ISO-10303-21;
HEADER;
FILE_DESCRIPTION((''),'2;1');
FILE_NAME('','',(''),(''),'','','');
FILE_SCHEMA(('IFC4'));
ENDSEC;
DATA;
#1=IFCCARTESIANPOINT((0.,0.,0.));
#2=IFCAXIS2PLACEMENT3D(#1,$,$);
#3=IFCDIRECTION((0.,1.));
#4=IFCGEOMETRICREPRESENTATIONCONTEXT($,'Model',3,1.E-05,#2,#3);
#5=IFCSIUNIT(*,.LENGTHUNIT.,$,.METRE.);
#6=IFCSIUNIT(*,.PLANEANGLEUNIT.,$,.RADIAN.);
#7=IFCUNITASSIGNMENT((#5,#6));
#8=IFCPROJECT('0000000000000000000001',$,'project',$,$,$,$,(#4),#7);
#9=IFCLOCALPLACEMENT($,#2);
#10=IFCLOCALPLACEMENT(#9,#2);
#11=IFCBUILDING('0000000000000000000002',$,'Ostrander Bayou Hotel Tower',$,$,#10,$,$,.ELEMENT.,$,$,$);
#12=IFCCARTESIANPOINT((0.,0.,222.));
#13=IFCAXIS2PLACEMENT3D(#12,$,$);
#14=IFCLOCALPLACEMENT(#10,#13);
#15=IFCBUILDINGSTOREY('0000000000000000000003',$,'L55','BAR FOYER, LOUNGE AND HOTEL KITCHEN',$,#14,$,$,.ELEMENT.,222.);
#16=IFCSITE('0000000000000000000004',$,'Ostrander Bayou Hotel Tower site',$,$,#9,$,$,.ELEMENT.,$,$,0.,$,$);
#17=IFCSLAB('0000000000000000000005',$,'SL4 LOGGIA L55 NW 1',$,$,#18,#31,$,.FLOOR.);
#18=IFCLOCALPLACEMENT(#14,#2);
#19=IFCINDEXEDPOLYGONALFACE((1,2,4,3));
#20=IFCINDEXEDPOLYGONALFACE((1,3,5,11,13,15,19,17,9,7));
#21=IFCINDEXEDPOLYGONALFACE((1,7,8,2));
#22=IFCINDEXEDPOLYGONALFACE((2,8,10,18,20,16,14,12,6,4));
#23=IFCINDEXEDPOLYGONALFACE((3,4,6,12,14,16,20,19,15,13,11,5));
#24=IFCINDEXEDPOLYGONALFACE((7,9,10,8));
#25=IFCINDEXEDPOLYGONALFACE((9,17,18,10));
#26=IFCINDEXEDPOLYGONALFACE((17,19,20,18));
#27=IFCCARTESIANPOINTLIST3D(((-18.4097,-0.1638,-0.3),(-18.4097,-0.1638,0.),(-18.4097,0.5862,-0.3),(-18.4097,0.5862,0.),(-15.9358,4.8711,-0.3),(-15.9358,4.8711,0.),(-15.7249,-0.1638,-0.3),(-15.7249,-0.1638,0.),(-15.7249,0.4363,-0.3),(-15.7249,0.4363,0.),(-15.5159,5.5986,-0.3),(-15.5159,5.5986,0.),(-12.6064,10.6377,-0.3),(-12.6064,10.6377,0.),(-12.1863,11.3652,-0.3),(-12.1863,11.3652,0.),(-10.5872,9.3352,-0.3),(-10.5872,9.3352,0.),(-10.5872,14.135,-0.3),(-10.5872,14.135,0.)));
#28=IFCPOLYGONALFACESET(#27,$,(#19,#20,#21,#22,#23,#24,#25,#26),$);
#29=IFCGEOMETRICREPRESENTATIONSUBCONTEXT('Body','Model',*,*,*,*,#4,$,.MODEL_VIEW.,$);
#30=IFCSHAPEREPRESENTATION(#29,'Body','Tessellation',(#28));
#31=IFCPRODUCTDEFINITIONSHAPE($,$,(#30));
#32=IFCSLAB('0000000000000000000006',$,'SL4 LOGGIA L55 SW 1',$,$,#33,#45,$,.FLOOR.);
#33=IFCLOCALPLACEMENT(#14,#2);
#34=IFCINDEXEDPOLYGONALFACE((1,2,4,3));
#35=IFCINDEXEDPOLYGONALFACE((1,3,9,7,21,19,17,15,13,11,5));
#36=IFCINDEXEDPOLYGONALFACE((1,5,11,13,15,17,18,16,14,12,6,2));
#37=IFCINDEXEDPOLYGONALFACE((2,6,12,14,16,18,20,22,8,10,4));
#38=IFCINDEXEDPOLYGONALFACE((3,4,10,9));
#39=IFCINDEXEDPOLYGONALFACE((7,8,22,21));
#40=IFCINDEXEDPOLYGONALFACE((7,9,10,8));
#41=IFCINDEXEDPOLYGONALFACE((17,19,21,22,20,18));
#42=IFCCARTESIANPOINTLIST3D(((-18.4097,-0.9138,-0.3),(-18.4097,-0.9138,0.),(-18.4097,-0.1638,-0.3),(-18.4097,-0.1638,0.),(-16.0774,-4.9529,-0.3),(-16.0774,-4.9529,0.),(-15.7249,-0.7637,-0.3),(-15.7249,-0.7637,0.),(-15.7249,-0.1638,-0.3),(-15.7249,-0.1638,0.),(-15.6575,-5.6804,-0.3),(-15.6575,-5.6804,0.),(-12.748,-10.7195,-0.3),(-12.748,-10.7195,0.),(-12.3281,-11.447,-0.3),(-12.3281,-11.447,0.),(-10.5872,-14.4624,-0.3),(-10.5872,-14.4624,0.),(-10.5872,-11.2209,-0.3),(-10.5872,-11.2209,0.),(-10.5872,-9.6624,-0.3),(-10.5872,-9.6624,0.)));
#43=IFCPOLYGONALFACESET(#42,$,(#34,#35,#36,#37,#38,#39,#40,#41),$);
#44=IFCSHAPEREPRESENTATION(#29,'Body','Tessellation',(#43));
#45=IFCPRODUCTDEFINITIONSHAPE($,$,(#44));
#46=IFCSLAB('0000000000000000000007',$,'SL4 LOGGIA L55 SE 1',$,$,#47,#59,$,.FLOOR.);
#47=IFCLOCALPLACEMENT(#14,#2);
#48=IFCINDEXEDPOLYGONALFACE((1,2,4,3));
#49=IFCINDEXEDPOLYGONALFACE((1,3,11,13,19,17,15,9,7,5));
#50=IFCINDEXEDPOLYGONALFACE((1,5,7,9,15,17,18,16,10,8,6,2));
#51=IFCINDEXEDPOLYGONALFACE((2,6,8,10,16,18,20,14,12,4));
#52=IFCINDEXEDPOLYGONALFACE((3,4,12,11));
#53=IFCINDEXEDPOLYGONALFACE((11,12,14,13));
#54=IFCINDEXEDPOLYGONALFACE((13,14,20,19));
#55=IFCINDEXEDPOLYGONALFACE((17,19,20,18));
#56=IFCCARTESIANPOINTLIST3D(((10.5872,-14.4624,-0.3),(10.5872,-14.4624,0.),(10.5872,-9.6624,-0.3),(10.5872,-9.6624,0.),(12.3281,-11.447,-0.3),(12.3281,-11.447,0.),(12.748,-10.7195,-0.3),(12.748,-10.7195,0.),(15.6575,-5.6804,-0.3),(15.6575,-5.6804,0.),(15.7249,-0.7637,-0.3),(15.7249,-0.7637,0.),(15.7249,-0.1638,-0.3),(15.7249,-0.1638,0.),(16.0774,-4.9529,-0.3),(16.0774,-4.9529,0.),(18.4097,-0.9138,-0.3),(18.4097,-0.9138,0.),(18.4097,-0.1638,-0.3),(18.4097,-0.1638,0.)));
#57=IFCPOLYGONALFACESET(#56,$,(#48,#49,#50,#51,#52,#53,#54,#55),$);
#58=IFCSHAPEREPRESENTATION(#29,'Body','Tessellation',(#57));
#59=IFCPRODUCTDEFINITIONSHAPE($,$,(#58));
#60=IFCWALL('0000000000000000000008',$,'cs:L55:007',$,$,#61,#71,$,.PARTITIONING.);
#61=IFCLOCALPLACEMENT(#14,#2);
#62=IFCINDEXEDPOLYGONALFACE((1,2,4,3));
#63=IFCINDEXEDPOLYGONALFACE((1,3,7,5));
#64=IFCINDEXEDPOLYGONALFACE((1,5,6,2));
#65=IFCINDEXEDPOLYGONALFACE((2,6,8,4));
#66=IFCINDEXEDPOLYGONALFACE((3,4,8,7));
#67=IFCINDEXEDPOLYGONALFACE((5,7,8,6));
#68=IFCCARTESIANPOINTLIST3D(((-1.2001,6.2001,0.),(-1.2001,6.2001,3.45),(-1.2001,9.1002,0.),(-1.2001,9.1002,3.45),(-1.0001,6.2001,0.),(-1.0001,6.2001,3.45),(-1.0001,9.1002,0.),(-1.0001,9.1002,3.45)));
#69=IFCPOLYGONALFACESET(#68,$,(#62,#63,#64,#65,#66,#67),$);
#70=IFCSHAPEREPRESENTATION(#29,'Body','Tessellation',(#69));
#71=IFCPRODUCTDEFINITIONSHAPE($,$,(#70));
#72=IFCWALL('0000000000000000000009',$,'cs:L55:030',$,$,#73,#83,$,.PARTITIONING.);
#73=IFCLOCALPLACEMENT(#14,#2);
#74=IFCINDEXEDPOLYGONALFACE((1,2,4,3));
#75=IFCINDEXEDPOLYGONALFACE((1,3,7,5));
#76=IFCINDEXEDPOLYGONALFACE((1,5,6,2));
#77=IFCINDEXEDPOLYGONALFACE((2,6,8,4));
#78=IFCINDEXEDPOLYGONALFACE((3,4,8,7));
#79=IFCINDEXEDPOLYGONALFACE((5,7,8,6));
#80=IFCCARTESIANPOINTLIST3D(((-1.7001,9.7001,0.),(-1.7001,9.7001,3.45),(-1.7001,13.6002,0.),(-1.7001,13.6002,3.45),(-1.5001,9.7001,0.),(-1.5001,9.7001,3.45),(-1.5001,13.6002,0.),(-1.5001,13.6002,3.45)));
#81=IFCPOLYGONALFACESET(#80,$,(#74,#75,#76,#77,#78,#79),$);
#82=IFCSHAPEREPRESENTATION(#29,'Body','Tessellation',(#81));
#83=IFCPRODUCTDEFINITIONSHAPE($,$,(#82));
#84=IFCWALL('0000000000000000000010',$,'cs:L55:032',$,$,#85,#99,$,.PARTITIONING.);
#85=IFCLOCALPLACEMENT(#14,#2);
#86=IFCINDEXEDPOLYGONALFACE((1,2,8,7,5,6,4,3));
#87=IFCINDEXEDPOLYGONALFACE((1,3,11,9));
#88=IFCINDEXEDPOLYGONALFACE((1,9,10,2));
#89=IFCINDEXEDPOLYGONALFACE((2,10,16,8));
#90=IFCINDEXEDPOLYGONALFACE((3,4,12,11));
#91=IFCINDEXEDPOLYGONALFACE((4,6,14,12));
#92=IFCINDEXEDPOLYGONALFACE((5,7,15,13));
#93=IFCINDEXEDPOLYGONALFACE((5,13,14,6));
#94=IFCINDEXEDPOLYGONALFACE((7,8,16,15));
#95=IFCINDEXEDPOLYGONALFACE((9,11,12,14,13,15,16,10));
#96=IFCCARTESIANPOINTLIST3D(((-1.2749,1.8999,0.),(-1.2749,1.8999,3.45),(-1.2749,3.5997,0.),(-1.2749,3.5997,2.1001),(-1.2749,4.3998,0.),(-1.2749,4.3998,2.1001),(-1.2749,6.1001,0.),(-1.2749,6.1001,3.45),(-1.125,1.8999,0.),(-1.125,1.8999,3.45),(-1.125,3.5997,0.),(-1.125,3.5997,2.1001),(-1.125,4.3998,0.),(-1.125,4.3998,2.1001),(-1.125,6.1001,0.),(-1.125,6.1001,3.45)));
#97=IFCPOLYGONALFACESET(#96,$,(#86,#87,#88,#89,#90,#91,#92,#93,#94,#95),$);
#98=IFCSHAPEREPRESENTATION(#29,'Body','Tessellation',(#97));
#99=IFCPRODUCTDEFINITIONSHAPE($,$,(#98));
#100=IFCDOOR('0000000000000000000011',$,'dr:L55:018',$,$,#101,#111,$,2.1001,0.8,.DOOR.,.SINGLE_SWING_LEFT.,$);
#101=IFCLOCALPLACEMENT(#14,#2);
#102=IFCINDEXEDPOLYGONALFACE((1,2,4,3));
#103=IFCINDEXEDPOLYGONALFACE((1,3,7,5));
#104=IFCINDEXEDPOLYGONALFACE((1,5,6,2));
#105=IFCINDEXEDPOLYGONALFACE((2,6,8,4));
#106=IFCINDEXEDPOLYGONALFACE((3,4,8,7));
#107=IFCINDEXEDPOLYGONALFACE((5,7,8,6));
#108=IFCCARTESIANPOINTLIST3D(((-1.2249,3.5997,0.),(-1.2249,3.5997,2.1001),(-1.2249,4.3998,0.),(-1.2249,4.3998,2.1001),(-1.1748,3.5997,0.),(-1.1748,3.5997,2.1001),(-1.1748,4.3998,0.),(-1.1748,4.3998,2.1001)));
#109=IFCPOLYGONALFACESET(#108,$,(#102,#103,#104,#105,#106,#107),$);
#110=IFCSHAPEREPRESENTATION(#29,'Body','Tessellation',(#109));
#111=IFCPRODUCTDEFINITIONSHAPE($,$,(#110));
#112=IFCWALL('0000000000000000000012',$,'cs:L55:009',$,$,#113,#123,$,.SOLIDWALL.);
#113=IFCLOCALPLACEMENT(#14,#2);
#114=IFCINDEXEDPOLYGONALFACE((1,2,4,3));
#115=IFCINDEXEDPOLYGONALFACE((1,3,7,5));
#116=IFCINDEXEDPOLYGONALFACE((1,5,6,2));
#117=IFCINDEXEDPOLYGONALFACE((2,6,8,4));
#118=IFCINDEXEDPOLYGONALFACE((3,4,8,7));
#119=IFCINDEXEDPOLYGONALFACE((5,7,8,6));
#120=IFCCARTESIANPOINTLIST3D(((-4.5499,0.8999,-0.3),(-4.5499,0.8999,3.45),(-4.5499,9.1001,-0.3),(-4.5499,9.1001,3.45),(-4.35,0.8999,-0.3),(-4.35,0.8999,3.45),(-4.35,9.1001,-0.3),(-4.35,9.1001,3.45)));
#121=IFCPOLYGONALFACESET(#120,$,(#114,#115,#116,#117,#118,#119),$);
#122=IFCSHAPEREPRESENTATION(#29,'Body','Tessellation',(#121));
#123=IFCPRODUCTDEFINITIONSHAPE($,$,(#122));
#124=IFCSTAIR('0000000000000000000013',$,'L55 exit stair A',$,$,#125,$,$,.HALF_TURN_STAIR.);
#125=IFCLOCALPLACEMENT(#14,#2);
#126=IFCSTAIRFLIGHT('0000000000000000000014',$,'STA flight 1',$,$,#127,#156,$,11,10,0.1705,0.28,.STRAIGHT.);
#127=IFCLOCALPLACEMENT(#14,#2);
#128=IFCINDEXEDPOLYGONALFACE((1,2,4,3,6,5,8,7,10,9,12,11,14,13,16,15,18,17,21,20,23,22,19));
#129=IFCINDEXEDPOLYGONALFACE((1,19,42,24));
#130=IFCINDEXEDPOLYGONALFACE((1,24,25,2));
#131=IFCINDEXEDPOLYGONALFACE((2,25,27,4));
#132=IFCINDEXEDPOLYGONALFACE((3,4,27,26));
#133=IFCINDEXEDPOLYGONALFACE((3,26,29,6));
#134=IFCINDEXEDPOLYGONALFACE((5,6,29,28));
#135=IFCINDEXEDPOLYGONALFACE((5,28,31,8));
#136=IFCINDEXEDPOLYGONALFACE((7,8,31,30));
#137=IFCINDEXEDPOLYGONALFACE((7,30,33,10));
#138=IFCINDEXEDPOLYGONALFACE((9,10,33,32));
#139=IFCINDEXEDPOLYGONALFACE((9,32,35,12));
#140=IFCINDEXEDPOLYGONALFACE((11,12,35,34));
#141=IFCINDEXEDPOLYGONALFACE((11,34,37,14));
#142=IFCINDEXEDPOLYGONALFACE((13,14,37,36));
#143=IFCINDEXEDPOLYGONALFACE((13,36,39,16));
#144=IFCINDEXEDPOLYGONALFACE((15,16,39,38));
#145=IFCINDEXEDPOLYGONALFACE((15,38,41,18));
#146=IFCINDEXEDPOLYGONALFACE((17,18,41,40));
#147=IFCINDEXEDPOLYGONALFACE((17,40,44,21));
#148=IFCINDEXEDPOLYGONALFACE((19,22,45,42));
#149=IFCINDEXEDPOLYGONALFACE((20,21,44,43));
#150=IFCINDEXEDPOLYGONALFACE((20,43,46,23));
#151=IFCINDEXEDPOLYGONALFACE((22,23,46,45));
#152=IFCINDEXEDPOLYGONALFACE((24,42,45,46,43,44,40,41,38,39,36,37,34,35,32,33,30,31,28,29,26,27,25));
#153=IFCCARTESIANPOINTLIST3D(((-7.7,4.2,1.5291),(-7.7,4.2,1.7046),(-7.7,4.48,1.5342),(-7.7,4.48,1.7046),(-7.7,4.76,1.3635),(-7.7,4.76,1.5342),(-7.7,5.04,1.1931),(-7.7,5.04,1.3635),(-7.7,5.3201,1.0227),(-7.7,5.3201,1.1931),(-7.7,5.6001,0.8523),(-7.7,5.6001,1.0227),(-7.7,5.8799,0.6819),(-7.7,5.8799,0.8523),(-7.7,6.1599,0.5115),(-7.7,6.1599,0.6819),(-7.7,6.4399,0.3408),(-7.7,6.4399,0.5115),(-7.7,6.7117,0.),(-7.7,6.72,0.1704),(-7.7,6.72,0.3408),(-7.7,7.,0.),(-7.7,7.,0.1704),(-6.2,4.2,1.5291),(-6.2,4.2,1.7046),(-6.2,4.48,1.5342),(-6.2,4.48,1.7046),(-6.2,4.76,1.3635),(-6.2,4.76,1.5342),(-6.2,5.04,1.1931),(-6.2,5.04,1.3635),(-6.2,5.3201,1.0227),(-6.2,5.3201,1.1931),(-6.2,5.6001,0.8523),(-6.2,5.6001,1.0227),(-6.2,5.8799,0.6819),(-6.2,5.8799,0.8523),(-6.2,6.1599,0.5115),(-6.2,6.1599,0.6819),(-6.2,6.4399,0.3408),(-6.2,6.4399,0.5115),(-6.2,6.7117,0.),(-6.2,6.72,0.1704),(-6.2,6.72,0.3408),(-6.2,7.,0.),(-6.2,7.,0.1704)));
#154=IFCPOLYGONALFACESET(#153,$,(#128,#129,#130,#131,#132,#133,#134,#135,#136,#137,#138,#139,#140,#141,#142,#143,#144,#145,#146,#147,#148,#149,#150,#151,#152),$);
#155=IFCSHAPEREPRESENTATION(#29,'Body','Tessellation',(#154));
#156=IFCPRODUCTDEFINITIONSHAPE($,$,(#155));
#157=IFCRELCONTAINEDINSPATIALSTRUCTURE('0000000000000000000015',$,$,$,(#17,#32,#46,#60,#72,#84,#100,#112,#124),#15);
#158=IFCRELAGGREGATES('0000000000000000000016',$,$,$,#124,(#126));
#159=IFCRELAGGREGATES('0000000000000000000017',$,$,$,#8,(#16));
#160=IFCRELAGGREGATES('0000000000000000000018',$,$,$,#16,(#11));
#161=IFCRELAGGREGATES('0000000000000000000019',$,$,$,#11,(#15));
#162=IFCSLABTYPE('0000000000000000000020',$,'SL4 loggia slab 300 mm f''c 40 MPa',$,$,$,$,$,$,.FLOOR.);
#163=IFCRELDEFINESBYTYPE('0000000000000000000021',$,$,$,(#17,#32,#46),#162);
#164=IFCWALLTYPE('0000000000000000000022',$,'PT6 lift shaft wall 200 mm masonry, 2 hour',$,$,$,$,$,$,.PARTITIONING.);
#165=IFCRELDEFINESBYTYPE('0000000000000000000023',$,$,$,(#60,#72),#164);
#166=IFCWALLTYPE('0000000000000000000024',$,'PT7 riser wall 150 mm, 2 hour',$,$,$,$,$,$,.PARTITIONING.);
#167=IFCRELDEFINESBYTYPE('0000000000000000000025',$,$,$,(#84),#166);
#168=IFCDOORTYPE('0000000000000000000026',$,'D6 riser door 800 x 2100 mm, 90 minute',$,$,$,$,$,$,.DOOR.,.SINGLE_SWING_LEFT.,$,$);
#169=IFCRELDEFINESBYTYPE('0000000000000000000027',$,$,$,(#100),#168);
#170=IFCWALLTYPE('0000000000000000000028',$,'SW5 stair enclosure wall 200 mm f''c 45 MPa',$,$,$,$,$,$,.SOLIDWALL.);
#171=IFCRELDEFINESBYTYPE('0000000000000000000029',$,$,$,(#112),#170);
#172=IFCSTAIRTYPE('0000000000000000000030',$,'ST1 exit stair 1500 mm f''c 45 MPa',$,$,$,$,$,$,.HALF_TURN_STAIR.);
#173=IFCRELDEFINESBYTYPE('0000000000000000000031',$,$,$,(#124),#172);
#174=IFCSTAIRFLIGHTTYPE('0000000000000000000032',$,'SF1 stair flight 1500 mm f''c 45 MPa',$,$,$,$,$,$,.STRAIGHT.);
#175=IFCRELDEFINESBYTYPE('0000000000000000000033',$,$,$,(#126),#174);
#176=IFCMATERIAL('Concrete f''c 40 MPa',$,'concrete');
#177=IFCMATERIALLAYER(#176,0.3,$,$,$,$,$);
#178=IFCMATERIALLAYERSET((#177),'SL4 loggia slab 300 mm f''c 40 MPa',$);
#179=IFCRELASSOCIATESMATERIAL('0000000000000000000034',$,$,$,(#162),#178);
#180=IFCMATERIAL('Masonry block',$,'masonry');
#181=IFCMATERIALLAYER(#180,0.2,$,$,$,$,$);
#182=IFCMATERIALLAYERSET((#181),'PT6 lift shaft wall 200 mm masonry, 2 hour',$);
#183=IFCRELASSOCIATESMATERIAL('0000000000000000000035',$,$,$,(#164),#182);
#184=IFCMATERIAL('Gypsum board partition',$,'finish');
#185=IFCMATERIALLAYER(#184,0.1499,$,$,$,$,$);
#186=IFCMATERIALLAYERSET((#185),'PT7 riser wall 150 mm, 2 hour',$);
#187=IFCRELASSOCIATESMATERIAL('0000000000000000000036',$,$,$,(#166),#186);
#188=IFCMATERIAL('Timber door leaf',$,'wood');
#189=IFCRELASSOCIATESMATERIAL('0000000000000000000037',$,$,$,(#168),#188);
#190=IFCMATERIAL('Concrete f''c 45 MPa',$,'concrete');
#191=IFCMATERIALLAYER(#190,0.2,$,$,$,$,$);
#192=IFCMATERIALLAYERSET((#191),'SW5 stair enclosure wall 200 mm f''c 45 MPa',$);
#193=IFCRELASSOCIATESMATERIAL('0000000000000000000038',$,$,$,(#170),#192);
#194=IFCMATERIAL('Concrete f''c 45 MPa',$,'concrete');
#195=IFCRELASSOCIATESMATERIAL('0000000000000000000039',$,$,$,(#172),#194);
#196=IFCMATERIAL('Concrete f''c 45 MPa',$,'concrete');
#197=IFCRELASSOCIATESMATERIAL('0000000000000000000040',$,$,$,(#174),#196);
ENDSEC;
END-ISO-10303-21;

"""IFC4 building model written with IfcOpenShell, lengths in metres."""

from ifc_helpers import new_model, si_unit, direction, frame, frame_2d, origin, place, context, subcontext, project, spatial, polyline, rectangle, outline, extrude, material, layer, layer_set, type_object, element, fill, aggregate, save


model = new_model("IFC4")

# Units and contexts
model_context = context("Model", 3, precision=1e-05, world=origin(), true_north=direction((0.0, 1.0)))
body_context = subcontext(model_context, "Body", "Model", "MODEL_VIEW")
ifc_project = project(units=[si_unit("LENGTHUNIT", "METRE"), si_unit("PLANEANGLEUNIT", "RADIAN")], contexts=[model_context])

# Site, building, storey
site_placement = place(None, origin())
site = spatial("IfcSite", under=ifc_project, at=site_placement, Name="Ostrander Bayou Hotel Tower site", CompositionType="ELEMENT", RefElevation=0.0)
building_placement = place(site_placement, origin())
building = spatial("IfcBuilding", under=site, at=building_placement, Name="Ostrander Bayou Hotel Tower", CompositionType="ELEMENT")
storey_placement = place(building_placement, frame((0.0, 0.0, 222.0)))
storey = spatial("IfcBuildingStorey", under=building, at=storey_placement, Name="L55", Description="BAR FOYER, LOUNGE AND HOTEL KITCHEN", CompositionType="ELEMENT", Elevation=222.0)

# Slabs
ifc_material_1 = material(Name="Concrete f'c 40 MPa", Category="concrete")
ifc_layer_1 = layer(ifc_material_1, 0.3)
ifc_layer_set_1 = layer_set([ifc_layer_1], Name="SL4 loggia slab 300 mm f'c 40 MPa")
slab_type = type_object("IfcSlabType", Name="SL4 loggia slab 300 mm f'c 40 MPa", PredefinedType="FLOOR", material=ifc_layer_set_1)
slab_1_placement = place(storey_placement, frame((0.0, 0.0, -0.3)))
element("IfcSlab", 1, at=slab_1_placement, inside=storey, type_object=slab_type, Name="SL4 LOGGIA L55 NW 1", PredefinedType="FLOOR", context=body_context, shape_type="SweptSolid", body=[
    extrude(outline(polyline([(-10.5872, 14.135), (-10.5872, 9.3352), (-15.7249, 0.4363), (-15.7249, -0.1638), (-18.4097, -0.1638), (-18.4097, 0.5862), (-15.9358, 4.8711), (-15.5159, 5.5986), (-12.6064, 10.6377), (-12.1863, 11.3652), (-10.5872, 14.135)])), origin(), (0.0, 0.0, 1.0), 0.3),
])
slab_2_placement = place(storey_placement, frame((0.0, 0.0, -0.3)))
element("IfcSlab", 2, at=slab_2_placement, inside=storey, type_object=slab_type, Name="SL4 LOGGIA L55 SW 1", PredefinedType="FLOOR", context=body_context, shape_type="SweptSolid", body=[
    extrude(outline(polyline([(-10.5872, -11.2209), (-10.5872, -14.4624), (-12.3281, -11.447), (-12.748, -10.7195), (-15.6575, -5.6804), (-16.0774, -4.9529), (-18.4097, -0.9138), (-18.4097, -0.1638), (-15.7249, -0.1638), (-15.7249, -0.7637), (-10.5872, -9.6624), (-10.5872, -11.2209)])), origin(), (0.0, 0.0, 1.0), 0.3),
])
slab_3_placement = place(storey_placement, frame((0.0, 0.0, -0.3)))
element("IfcSlab", 3, at=slab_3_placement, inside=storey, type_object=slab_type, Name="SL4 LOGGIA L55 SE 1", PredefinedType="FLOOR", context=body_context, shape_type="SweptSolid", body=[
    extrude(outline(polyline([(12.3281, -11.447), (10.5872, -14.4624), (10.5872, -9.6624), (15.7249, -0.7637), (15.7249, -0.1638), (18.4097, -0.1638), (18.4097, -0.9138), (16.0774, -4.9529), (15.6575, -5.6804), (12.748, -10.7195), (12.3281, -11.447)])), origin(), (0.0, 0.0, 1.0), 0.3),
])

# Shared definitions
ifc_material_2 = material(Name="Masonry block", Category="masonry")
ifc_layer_2 = layer(ifc_material_2, 0.2)
ifc_layer_set_2 = layer_set([ifc_layer_2], Name="PT6 lift shaft wall 200 mm masonry, 2 hour")
wall_type_1 = type_object("IfcWallType", Name="PT6 lift shaft wall 200 mm masonry, 2 hour", PredefinedType="PARTITIONING", material=ifc_layer_set_2)

# Walls
wall_1_placement = place(storey_placement, frame((-1.1001, 6.2, 0.0), z_axis=(0.0, 0.0, 1.0), x_axis=(0.0, 1.0, 0.0)))
element("IfcWall", 4, at=wall_1_placement, inside=storey, type_object=wall_type_1, Name="cs:L55:007", PredefinedType="PARTITIONING", context=body_context, shape_type="SweptSolid", body=[
    extrude(rectangle(XDim=2.9001, YDim=0.2, at=frame_2d((1.4502, 0.0))), origin(), (0.0, 0.0, 1.0), 3.45),
])
wall_2_placement = place(storey_placement, frame((-1.6001, 9.7, 0.0), z_axis=(0.0, 0.0, 1.0), x_axis=(0.0, 1.0, 0.0)))
element("IfcWall", 5, at=wall_2_placement, inside=storey, type_object=wall_type_1, Name="cs:L55:030", PredefinedType="PARTITIONING", context=body_context, shape_type="SweptSolid", body=[
    extrude(rectangle(XDim=3.9001, YDim=0.2, at=frame_2d((1.9502, 0.0))), origin(), (0.0, 0.0, 1.0), 3.45),
])

# Wall, opening, door
ifc_material_3 = material(Name="Gypsum board partition", Category="finish")
ifc_layer_3 = layer(ifc_material_3, 0.1499)
ifc_layer_set_3 = layer_set([ifc_layer_3], Name="PT7 riser wall 150 mm, 2 hour")
wall_type_2 = type_object("IfcWallType", Name="PT7 riser wall 150 mm, 2 hour", PredefinedType="PARTITIONING", material=ifc_layer_set_3)
wall_3_placement = place(storey_placement, frame((-1.2, 1.8999, 0.0), z_axis=(0.0, 0.0, 1.0), x_axis=(0.0, 1.0, 0.0)))
wall_3 = element("IfcWall", 6, at=wall_3_placement, inside=storey, type_object=wall_type_2, Name="cs:L55:032", PredefinedType="PARTITIONING", context=body_context, shape_type="SweptSolid", body=[
    extrude(rectangle(XDim=4.2002, YDim=0.1499, at=frame_2d((2.1001, 0.0))), origin(), (0.0, 0.0, 1.0), 3.45),
])
opening_1_placement = place(wall_3_placement, frame((1.7, 0.0, 0.0)))
opening_1 = element("IfcOpeningElement", 7, at=opening_1_placement, cuts=wall_3, PredefinedType="OPENING", context=body_context, shape_type="SweptSolid", body=[
    extrude(rectangle(XDim=0.8, YDim=2.1001, at=frame_2d((0.3999, 1.05))), frame((0.0, 0.075, 0.0), z_axis=(0.0, -1.0, 0.0), x_axis=(1.0, 0.0, 0.0)), (0.0, 0.0, 1.0), 0.1499),
])
ifc_material_4 = material(Name="Timber door leaf", Category="wood")
door_type_1 = type_object("IfcDoorType", Name="D6 riser door 800 x 2100 mm, 90 minute", OperationType="SINGLE_SWING_LEFT", PredefinedType="DOOR", material=ifc_material_4)
door_1_placement = place(opening_1_placement, origin())
door_1 = element("IfcDoor", 8, at=door_1_placement, inside=storey, type_object=door_type_1, Name="dr:L55:018", OperationType="SINGLE_SWING_LEFT", OverallHeight=2.1001, OverallWidth=0.8, PredefinedType="DOOR", context=body_context, shape_type="SweptSolid", body=[
    extrude(rectangle(XDim=0.8, YDim=2.1001, at=frame_2d((0.3999, 1.05))), frame((0.0, 0.0249, 0.0), z_axis=(0.0, -1.0, 0.0), x_axis=(1.0, 0.0, 0.0)), (0.0, 0.0, 1.0), 0.05),
])
fill(opening_1, door_1)

# Wall
ifc_material_5 = material(Name="Concrete f'c 45 MPa", Category="concrete")
ifc_layer_4 = layer(ifc_material_5, 0.2)
ifc_layer_set_4 = layer_set([ifc_layer_4], Name="SW5 stair enclosure wall 200 mm f'c 45 MPa")
wall_type_3 = type_object("IfcWallType", Name="SW5 stair enclosure wall 200 mm f'c 45 MPa", PredefinedType="SOLIDWALL", material=ifc_layer_set_4)
wall_4_placement = place(storey_placement, frame((-4.45, 0.8999, -0.3), z_axis=(0.0, 0.0, 1.0), x_axis=(0.0, 1.0, 0.0)))
element("IfcWall", 9, at=wall_4_placement, inside=storey, type_object=wall_type_3, Name="cs:L55:009", PredefinedType="SOLIDWALL", context=body_context, shape_type="SweptSolid", body=[
    extrude(rectangle(XDim=8.2002, YDim=0.2, at=frame_2d((4.1001, 0.0))), origin(), (0.0, 0.0, 1.0), 3.75),
])

# Stair, stair flight
ifc_material_6 = material(Name="Concrete f'c 45 MPa", Category="concrete")
stair_type = type_object("IfcStairType", Name="ST1 exit stair 1500 mm f'c 45 MPa", PredefinedType="HALF_TURN_STAIR", material=ifc_material_6)
stair_placement = place(storey_placement, origin())
stair = element("IfcStair", 10, at=stair_placement, inside=storey, type_object=stair_type, Name="L55 exit stair A", PredefinedType="HALF_TURN_STAIR")
ifc_material_7 = material(Name="Concrete f'c 45 MPa", Category="concrete")
stair_flight_type = type_object("IfcStairFlightType", Name="SF1 stair flight 1500 mm f'c 45 MPa", PredefinedType="STRAIGHT", material=ifc_material_7)
stair_flight_1_placement = place(storey_placement, frame((-6.95, 7.0, 0.0), z_axis=(0.0, 0.0, 1.0), x_axis=(0.0, -1.0, 0.0)))
stair_flight_1 = element("IfcStairFlight", 11, at=stair_flight_1_placement, type_object=stair_flight_type, Name="STA flight 1", NumberOfRisers=11, NumberOfTreads=10, PredefinedType="STRAIGHT", RiserHeight=0.1705, TreadLength=0.28, context=body_context, shape_type="SweptSolid", body=[
    extrude(outline(polyline([(0.0, 0.0), (0.0, 0.1704), (0.28, 0.1704), (0.28, 0.3408), (0.5601, 0.3408), (0.5601, 0.5115), (0.8401, 0.5115), (0.8401, 0.6819), (1.1201, 0.6819), (1.1201, 0.8523), (1.3999, 0.8523), (1.3999, 1.0227), (1.6799, 1.0227), (1.6799, 1.1931), (1.96, 1.1931), (1.96, 1.3635), (2.24, 1.3635), (2.24, 1.5342), (2.52, 1.5342), (2.52, 1.7046), (2.8, 1.7046), (2.8, 1.875), (2.8, 1.5291), (0.2883, 0.0), (0.0, 0.0)])), frame((0.0, 0.75, 0.0), z_axis=(0.0, -1.0, 0.0), x_axis=(1.0, 0.0, 0.0)), (0.0, 0.0, 1.0), 1.5),
])
aggregate(stair, [stair_flight_1])

save(model, "model.ifc")
